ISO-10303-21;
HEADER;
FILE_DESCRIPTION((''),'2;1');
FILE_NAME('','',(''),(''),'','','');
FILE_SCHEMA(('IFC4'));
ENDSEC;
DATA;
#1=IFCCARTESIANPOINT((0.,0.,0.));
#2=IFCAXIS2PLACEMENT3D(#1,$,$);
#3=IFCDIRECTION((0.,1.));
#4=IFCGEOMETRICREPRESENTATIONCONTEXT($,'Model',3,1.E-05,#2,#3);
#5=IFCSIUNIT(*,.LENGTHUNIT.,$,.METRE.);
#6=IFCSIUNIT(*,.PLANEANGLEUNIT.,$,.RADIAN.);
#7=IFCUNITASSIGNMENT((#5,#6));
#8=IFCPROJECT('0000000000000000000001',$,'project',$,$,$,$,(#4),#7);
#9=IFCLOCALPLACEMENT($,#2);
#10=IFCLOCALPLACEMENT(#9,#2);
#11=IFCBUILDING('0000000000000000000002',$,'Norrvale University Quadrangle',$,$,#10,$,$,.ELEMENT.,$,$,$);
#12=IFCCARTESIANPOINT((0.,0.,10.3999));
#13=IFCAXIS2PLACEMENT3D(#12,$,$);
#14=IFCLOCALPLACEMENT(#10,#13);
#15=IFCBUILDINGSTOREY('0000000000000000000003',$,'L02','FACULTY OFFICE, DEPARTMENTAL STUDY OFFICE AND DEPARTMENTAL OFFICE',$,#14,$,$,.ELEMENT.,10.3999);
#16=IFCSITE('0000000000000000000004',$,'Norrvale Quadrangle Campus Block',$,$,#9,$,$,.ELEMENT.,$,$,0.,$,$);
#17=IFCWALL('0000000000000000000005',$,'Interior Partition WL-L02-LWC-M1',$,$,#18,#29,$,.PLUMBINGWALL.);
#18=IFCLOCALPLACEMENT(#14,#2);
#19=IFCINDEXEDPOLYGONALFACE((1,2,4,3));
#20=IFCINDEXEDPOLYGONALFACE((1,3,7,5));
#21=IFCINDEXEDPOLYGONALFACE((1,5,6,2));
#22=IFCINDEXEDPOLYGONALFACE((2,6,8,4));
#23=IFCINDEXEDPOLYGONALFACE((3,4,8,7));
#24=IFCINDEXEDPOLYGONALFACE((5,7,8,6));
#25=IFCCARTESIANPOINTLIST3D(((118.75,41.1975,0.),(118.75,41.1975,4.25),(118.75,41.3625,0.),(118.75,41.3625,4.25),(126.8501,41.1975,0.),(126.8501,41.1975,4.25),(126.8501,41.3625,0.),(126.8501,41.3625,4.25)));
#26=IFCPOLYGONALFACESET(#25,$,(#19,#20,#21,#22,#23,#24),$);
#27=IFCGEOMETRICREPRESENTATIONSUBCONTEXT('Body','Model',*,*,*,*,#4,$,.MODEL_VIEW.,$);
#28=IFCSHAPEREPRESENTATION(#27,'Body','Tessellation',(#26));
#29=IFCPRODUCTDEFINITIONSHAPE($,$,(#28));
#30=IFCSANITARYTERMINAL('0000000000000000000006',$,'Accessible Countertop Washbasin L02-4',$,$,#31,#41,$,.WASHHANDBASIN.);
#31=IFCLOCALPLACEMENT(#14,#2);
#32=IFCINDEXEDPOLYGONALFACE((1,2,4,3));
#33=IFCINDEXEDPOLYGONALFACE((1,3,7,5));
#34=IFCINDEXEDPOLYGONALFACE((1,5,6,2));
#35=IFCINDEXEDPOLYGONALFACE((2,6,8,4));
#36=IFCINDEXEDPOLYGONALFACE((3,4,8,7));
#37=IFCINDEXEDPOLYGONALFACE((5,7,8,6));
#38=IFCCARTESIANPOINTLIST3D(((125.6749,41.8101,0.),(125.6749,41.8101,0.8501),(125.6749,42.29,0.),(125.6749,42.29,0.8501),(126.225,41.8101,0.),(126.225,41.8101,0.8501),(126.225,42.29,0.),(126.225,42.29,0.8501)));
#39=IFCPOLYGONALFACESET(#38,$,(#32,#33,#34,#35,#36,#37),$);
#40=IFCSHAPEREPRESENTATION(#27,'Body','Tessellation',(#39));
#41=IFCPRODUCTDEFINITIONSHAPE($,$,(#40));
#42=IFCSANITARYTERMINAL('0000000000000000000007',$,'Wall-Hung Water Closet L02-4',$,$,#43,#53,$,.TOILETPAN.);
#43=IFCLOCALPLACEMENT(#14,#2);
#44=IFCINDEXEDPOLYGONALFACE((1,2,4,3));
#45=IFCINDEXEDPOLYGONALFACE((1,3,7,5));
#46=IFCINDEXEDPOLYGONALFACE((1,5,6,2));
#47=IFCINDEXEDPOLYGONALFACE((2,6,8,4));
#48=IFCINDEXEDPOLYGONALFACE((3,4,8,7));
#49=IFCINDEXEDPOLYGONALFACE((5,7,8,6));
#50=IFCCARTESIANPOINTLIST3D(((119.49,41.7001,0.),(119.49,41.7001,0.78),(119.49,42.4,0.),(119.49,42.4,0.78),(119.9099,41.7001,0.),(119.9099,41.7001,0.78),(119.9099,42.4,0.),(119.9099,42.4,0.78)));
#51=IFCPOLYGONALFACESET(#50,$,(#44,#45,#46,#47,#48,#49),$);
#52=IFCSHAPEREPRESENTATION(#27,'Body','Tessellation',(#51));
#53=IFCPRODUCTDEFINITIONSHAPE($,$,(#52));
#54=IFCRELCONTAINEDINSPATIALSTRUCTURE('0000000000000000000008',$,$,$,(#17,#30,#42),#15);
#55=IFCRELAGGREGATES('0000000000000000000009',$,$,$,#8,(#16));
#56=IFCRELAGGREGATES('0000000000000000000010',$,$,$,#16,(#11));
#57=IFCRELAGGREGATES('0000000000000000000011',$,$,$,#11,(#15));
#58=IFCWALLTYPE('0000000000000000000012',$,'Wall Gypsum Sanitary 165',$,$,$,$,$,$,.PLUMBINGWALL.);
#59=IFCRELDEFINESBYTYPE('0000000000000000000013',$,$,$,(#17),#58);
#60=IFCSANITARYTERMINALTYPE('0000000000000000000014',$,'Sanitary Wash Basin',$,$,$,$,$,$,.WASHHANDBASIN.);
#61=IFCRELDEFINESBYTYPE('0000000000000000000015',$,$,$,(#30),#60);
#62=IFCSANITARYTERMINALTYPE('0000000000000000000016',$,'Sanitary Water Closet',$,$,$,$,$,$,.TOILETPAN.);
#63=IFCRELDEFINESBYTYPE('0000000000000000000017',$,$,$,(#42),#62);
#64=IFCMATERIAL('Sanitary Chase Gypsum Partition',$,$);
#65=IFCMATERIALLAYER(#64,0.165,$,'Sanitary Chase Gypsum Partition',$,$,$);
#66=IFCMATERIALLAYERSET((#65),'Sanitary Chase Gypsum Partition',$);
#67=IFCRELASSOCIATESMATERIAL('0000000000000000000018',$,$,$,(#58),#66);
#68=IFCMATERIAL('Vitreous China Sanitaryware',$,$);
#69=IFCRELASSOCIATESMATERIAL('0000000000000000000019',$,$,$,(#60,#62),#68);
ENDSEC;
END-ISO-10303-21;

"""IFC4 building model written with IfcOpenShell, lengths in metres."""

from ifc_helpers import new_model, si_unit, direction, frame, frame_2d, origin, origin_2d, place, context, subcontext, project, spatial, rectangle, extrude, material, layer, layer_set, type_object, element, save


model = new_model("IFC4")

# Units and contexts
model_context = context("Model", 3, precision=1e-05, world=origin(), true_north=direction((0.0, 1.0)))
body_context = subcontext(model_context, "Body", "Model", "MODEL_VIEW")
ifc_project = project(units=[si_unit("LENGTHUNIT", "METRE"), si_unit("PLANEANGLEUNIT", "RADIAN")], contexts=[model_context])

# Site, building, storey
site_placement = place(None, origin())
site = spatial("IfcSite", under=ifc_project, at=site_placement, Name="Norrvale Quadrangle Campus Block", CompositionType="ELEMENT", RefElevation=0.0)
building_placement = place(site_placement, origin())
building = spatial("IfcBuilding", under=site, at=building_placement, Name="Norrvale University Quadrangle", CompositionType="ELEMENT")
storey_placement = place(building_placement, frame((0.0, 0.0, 10.3999)))
storey = spatial("IfcBuildingStorey", under=building, at=storey_placement, Name="L02", Description="FACULTY OFFICE, DEPARTMENTAL STUDY OFFICE AND DEPARTMENTAL OFFICE", CompositionType="ELEMENT", Elevation=10.3999)

# Wall
ifc_material_1 = material(Name="Sanitary Chase Gypsum Partition")
ifc_layer_1 = layer(ifc_material_1, 0.165, Name="Sanitary Chase Gypsum Partition")
ifc_layer_set_1 = layer_set([ifc_layer_1], Name="Sanitary Chase Gypsum Partition")
wall_type_1 = type_object("IfcWallType", Name="Wall Gypsum Sanitary 165", PredefinedType="PLUMBINGWALL", material=ifc_layer_set_1)
wall_1_placement = place(storey_placement, frame((118.75, 41.28, 0.0), z_axis=(0.0, 0.0, 1.0), x_axis=(1.0, 0.0, 0.0)))
element("IfcWall", 1, at=wall_1_placement, inside=storey, type_object=wall_type_1, Name="Interior Partition WL-L02-LWC-M1", PredefinedType="PLUMBINGWALL", context=body_context, shape_type="SweptSolid", body=[
    extrude(rectangle(XDim=8.1001, YDim=0.165, at=frame_2d((4.05, 0.0))), origin(), (0.0, 0.0, 1.0), 4.25),
])

# Sanitary terminals
ifc_material_2 = material(Name="Vitreous China Sanitaryware")
sanitary_terminal_type_1 = type_object("IfcSanitaryTerminalType", Name="Sanitary Wash Basin", PredefinedType="WASHHANDBASIN", material=ifc_material_2)
sanitary_terminal_1_placement = place(storey_placement, frame((125.95, 42.05, 0.0), z_axis=(0.0, 0.0, 1.0), x_axis=(1.0, 0.0, 0.0)))
element("IfcSanitaryTerminal", 2, at=sanitary_terminal_1_placement, inside=storey, type_object=sanitary_terminal_type_1, Name="Accessible Countertop Washbasin L02-4", PredefinedType="WASHHANDBASIN", context=body_context, shape_type="SweptSolid", body=[
    extrude(rectangle(XDim=0.55, YDim=0.48, at=origin_2d()), origin(), (0.0, 0.0, 1.0), 0.8501),
])
sanitary_terminal_type_2 = type_object("IfcSanitaryTerminalType", Name="Sanitary Water Closet", PredefinedType="TOILETPAN", material=ifc_material_2)
sanitary_terminal_2_placement = place(storey_placement, frame((119.7, 42.05, 0.0), z_axis=(0.0, 0.0, 1.0), x_axis=(1.0, 0.0, 0.0)))
element("IfcSanitaryTerminal", 3, at=sanitary_terminal_2_placement, inside=storey, type_object=sanitary_terminal_type_2, Name="Wall-Hung Water Closet L02-4", PredefinedType="TOILETPAN", context=body_context, shape_type="SweptSolid", body=[
    extrude(rectangle(XDim=0.4199, YDim=0.7, at=origin_2d()), origin(), (0.0, 0.0, 1.0), 0.78),
])

save(model, "model.ifc")
